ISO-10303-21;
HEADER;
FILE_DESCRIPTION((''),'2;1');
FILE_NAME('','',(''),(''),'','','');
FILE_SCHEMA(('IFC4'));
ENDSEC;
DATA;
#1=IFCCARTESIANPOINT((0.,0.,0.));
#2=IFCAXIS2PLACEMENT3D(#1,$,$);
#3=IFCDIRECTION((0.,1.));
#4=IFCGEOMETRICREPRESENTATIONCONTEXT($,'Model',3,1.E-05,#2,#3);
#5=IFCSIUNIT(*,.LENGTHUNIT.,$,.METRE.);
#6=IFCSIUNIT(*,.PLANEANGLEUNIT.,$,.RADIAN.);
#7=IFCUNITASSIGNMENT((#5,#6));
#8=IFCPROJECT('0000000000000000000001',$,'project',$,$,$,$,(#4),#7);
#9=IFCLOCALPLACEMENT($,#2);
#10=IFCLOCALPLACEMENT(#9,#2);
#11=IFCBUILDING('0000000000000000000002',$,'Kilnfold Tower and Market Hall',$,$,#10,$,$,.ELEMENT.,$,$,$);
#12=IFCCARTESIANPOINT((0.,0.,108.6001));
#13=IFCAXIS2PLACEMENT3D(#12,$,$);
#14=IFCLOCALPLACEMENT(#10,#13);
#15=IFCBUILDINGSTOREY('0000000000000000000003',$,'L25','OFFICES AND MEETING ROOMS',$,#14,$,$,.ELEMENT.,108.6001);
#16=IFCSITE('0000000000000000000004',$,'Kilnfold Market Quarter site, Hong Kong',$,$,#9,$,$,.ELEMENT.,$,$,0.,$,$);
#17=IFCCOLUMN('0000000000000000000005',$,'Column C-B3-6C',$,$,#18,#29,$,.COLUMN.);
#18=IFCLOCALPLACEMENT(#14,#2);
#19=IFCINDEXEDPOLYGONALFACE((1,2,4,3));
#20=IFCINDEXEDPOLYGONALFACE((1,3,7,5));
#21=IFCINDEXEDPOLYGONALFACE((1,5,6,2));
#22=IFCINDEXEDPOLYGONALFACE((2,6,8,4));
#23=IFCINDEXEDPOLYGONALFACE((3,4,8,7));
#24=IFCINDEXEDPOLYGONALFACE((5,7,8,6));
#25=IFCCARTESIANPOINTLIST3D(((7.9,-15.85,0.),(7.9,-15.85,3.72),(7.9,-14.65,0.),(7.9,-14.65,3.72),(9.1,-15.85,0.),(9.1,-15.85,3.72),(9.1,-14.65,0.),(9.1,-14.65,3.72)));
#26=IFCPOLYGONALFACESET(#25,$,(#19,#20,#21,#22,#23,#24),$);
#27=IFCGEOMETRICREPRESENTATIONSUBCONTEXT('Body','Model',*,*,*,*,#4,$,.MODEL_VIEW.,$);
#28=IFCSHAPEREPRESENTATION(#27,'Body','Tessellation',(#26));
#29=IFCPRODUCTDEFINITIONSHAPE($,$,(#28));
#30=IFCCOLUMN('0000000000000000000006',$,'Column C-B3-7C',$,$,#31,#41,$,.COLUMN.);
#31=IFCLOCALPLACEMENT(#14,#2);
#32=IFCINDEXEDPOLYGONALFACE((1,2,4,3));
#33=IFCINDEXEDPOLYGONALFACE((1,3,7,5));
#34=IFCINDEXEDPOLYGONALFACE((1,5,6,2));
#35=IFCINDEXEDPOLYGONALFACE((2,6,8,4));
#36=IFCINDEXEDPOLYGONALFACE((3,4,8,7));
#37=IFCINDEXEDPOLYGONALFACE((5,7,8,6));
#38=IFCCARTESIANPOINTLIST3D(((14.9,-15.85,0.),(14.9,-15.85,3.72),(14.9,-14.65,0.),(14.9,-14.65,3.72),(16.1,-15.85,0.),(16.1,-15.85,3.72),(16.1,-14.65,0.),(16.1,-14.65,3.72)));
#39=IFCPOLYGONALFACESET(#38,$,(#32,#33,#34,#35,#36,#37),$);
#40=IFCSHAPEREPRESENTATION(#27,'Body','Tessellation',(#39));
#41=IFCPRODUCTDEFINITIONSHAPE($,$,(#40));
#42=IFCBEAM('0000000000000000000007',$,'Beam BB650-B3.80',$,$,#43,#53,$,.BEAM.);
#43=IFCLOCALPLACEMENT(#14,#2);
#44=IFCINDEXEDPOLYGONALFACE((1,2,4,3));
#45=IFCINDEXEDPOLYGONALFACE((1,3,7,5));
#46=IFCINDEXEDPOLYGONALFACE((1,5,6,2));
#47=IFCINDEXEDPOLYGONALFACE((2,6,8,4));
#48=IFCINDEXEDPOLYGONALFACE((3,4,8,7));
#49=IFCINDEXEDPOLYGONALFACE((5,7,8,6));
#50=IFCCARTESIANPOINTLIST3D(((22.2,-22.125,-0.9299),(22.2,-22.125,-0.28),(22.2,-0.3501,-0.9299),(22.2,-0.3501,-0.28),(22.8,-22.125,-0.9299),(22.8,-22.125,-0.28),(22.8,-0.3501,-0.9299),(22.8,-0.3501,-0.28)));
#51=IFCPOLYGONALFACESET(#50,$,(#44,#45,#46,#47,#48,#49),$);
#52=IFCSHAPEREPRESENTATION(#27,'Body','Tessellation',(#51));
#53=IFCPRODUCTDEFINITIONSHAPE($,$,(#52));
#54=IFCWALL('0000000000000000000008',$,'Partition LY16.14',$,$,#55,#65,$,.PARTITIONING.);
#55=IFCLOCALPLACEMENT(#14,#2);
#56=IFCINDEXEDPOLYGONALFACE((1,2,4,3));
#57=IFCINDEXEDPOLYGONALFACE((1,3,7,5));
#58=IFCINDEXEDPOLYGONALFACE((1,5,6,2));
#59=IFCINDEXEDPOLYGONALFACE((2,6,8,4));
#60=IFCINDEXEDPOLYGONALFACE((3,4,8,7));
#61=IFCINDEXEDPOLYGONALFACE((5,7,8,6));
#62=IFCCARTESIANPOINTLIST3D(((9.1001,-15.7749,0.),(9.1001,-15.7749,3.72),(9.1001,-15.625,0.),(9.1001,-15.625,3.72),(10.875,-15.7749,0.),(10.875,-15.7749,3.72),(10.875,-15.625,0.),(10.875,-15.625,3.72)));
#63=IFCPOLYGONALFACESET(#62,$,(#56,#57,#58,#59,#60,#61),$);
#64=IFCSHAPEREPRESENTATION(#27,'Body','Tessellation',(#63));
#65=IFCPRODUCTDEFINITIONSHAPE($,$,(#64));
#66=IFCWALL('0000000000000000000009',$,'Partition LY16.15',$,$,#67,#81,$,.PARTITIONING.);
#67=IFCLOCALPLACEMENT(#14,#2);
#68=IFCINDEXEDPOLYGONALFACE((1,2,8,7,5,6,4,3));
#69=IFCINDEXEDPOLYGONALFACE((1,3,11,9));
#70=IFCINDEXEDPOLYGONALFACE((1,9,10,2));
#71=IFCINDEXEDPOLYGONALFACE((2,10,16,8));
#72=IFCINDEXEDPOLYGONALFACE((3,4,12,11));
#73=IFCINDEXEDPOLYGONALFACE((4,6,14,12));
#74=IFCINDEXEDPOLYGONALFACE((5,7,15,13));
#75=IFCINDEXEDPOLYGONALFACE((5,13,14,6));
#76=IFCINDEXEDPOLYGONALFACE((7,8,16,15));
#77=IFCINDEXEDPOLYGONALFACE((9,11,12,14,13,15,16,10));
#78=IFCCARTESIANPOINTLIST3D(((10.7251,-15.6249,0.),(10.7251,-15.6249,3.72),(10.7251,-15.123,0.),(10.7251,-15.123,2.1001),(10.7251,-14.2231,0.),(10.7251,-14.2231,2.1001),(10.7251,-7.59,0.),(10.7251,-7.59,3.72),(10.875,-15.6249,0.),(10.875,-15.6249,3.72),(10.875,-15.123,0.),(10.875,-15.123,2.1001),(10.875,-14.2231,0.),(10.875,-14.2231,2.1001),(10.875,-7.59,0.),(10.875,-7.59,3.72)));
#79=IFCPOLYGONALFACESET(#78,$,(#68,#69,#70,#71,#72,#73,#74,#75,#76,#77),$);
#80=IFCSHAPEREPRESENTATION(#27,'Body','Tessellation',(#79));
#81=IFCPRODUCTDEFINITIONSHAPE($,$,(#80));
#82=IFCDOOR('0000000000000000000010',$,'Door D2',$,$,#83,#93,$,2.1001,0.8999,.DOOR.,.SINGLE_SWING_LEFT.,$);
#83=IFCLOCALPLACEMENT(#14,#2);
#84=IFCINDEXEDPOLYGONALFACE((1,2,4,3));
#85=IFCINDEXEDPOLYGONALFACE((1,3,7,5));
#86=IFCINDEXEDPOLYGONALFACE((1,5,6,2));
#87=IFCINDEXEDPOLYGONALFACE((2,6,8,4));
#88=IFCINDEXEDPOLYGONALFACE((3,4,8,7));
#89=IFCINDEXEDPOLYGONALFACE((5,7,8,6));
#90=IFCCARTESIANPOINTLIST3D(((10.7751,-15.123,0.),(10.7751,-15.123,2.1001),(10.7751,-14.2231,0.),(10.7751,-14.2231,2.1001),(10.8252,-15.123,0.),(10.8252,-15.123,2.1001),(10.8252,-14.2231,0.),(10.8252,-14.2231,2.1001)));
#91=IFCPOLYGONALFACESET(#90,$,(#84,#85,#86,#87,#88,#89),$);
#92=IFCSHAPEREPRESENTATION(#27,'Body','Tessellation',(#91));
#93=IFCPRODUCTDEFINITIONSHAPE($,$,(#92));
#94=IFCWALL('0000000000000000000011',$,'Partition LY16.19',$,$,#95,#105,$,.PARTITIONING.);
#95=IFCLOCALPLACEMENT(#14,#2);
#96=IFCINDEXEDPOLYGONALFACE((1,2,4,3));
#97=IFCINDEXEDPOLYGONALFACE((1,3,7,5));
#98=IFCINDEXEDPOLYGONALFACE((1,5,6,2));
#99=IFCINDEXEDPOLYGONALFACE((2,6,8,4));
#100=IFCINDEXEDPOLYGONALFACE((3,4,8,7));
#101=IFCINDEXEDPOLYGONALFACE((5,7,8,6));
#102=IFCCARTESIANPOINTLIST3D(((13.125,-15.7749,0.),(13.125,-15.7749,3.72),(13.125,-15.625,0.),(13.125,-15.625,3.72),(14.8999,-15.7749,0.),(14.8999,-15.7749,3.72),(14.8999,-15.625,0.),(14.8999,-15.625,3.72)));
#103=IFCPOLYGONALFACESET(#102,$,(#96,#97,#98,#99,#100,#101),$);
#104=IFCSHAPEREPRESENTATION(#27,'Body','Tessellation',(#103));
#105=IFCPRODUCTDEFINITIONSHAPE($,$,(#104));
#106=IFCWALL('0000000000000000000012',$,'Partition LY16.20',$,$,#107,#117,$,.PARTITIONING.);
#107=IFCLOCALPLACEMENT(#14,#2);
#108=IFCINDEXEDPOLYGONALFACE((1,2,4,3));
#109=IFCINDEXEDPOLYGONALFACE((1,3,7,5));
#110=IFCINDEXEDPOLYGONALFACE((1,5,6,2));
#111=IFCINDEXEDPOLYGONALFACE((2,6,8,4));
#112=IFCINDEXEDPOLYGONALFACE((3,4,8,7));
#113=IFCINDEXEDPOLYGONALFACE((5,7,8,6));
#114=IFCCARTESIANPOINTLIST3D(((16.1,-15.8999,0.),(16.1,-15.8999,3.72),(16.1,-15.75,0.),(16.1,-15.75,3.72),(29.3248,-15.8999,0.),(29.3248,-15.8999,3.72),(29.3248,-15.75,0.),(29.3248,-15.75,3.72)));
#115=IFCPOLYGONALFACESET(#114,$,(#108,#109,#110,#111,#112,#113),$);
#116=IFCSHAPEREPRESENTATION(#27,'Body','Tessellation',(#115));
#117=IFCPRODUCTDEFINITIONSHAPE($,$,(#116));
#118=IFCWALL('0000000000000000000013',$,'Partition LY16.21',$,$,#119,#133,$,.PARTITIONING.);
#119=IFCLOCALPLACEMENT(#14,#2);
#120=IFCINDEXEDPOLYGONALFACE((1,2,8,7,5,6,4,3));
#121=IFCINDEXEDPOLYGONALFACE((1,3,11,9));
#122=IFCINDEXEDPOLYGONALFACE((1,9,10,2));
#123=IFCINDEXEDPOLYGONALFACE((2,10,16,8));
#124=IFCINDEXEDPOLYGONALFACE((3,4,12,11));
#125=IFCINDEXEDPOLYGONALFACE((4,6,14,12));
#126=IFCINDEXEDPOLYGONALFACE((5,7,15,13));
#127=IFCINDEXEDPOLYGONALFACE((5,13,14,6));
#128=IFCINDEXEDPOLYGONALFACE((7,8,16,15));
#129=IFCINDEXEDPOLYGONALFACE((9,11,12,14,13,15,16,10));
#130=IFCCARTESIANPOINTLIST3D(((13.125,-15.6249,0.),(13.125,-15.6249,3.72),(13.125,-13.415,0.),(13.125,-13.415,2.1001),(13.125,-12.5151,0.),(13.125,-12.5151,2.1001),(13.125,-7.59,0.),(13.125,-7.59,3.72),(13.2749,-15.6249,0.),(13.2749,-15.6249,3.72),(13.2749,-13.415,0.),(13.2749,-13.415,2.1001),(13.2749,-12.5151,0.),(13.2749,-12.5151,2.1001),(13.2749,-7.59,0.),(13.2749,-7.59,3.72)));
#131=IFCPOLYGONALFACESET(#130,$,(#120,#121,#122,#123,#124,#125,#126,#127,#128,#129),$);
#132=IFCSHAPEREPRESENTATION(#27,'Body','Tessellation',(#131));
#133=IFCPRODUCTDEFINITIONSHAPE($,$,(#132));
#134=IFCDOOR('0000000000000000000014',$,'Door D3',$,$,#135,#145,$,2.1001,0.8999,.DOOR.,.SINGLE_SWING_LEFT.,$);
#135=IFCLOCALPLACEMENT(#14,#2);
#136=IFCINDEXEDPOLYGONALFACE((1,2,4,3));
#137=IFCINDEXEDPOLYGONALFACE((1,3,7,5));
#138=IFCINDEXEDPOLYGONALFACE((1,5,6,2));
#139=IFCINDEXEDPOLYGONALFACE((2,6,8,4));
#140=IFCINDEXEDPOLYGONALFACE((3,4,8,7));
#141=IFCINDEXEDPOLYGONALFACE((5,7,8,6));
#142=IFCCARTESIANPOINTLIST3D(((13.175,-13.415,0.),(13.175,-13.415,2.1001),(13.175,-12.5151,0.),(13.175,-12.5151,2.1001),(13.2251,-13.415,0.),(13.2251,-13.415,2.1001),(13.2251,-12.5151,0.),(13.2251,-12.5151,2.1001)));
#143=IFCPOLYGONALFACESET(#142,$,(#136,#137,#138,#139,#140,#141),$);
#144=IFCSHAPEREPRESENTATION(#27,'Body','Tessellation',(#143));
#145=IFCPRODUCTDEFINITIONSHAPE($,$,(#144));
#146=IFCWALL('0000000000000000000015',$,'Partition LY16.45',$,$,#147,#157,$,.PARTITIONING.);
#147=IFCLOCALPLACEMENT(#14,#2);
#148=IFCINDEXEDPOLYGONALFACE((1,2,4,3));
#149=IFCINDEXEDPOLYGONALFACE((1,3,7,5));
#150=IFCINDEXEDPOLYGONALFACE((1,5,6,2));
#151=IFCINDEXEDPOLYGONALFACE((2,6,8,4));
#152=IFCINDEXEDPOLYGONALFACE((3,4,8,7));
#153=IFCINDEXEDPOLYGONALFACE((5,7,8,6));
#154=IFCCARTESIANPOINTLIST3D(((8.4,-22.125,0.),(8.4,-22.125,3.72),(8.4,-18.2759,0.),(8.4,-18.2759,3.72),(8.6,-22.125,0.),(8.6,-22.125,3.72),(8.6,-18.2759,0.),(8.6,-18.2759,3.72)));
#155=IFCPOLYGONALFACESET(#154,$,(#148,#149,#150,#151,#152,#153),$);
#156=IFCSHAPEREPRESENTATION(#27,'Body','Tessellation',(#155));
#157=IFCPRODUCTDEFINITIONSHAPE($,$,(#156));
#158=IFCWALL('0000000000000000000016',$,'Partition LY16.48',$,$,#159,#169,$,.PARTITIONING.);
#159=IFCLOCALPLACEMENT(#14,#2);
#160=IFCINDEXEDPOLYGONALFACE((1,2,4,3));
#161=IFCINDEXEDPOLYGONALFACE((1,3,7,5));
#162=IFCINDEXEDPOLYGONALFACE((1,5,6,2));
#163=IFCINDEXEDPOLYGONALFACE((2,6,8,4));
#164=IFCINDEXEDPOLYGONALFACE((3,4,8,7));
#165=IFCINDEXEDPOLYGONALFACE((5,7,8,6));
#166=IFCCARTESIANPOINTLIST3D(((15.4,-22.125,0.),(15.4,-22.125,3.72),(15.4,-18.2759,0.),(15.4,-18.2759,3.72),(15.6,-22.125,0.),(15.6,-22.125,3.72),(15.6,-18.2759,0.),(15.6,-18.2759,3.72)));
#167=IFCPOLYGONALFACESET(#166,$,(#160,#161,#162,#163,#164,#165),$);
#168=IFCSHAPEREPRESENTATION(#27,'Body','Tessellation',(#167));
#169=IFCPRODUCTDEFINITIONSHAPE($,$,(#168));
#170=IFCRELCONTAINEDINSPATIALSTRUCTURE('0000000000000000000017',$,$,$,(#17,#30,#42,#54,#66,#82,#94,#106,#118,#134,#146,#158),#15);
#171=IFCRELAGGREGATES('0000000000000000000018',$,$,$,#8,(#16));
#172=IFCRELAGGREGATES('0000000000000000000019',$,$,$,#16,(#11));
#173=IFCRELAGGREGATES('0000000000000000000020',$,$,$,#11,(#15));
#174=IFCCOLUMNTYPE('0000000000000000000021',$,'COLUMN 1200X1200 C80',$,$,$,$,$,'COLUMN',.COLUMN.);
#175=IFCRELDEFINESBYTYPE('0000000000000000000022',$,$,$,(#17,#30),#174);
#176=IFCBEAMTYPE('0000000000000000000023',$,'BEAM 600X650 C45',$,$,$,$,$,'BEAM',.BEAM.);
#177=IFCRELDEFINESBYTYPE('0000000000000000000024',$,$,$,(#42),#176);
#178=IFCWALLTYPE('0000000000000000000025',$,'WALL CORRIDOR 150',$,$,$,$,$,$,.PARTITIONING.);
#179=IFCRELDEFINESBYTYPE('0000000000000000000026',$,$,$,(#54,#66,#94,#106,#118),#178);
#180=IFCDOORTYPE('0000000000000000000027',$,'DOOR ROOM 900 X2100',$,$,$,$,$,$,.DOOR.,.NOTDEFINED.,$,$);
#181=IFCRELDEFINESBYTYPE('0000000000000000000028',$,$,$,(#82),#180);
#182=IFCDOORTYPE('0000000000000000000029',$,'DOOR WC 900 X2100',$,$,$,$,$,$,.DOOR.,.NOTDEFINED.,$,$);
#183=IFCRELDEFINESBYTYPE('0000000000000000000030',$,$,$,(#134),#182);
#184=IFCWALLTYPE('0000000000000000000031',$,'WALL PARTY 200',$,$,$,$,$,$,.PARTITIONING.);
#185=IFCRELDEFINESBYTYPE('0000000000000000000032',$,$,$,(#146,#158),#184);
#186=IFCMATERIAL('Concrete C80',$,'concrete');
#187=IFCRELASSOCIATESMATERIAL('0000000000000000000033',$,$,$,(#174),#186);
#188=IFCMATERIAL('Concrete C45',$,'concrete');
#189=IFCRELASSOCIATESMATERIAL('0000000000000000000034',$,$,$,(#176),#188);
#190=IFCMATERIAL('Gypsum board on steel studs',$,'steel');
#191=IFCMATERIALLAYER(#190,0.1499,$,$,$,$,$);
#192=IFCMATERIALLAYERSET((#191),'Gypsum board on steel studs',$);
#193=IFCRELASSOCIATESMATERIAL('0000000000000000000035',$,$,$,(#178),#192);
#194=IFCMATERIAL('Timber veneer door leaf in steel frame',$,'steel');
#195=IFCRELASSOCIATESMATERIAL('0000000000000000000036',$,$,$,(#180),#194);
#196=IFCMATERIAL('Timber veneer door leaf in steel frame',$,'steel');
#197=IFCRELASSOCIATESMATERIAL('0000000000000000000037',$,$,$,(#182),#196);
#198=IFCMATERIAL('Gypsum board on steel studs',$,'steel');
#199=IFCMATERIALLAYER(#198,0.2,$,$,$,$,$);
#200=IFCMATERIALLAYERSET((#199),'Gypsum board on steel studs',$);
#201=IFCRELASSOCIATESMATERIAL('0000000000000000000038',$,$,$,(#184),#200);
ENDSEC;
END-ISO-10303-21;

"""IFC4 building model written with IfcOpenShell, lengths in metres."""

from ifc_helpers import new_model, si_unit, direction, frame, frame_2d, origin, origin_2d, place, context, subcontext, project, spatial, rectangle, extrude, source, transform, mapped, material, layer, layer_set, material_profile, profile_set, type_object, element, fill, save


model = new_model("IFC4")

# Units and contexts
model_context = context("Model", 3, precision=1e-05, world=origin(), true_north=direction((0.0, 1.0)))
body_context = subcontext(model_context, "Body", "Model", "MODEL_VIEW")
ifc_project = project(units=[si_unit("LENGTHUNIT", "METRE"), si_unit("PLANEANGLEUNIT", "RADIAN")], contexts=[model_context])

# Site, building, storey
site_placement = place(None, origin())
site = spatial("IfcSite", under=ifc_project, at=site_placement, Name="Kilnfold Market Quarter site, Hong Kong", CompositionType="ELEMENT", RefElevation=0.0)
building_placement = place(site_placement, origin())
building = spatial("IfcBuilding", under=site, at=building_placement, Name="Kilnfold Tower and Market Hall", CompositionType="ELEMENT")
storey_placement = place(building_placement, frame((0.0, 0.0, 108.6001)))
storey = spatial("IfcBuildingStorey", under=building, at=storey_placement, Name="L25", Description="OFFICES AND MEETING ROOMS", CompositionType="ELEMENT", Elevation=108.6001)

# Columns
ifc_material_1 = material(Name="Concrete C80", Category="concrete")
ifc_material_profile_1 = material_profile(ifc_material_1, rectangle(XDim=1.2, YDim=1.2, at=origin_2d()), Name="RC 1200x1200")
ifc_profile_set_1 = profile_set([ifc_material_profile_1], Name="Concrete C80")
column_type = type_object("IfcColumnType", Name="COLUMN 1200X1200 C80", ElementType="COLUMN", PredefinedType="COLUMN", material=ifc_profile_set_1)
shared_shape_1 = source(origin(), body_context, "Body", "SweptSolid", [
    extrude(rectangle(XDim=1.2, YDim=1.2, at=origin_2d()), origin(), (0.0, 0.0, 1.0), 3.72),
])
for number, where, z_axis, x_axis, name in (
    (1, (8.5, -15.25, 0.0), (0.0, 0.0, 1.0), (1.0, 0.0, 0.0), "Column C-B3-6C"),
    (2, (15.5, -15.25, 0.0), (0.0, 0.0, 1.0), (1.0, 0.0, 0.0), "Column C-B3-7C"),
):
    element("IfcColumn", number, at=place(storey_placement, frame(where, z_axis=z_axis, x_axis=x_axis)), inside=storey, type_object=column_type, Name=name, PredefinedType="COLUMN", context=body_context, shape_type="MappedRepresentation", body=[
        mapped(shared_shape_1, transform((0.0, 0.0, 0.0))),
    ])

# Beam
ifc_material_2 = material(Name="Concrete C45", Category="concrete")
ifc_material_profile_2 = material_profile(ifc_material_2, rectangle(XDim=0.6001, YDim=0.6499, at=origin_2d()), Name="RC 600x650")
ifc_profile_set_2 = profile_set([ifc_material_profile_2], Name="Concrete C45")
beam_type = type_object("IfcBeamType", Name="BEAM 600X650 C45", ElementType="BEAM", PredefinedType="BEAM", material=ifc_profile_set_2)
shared_shape_2 = source(origin(), body_context, "Body", "SweptSolid", [
    extrude(rectangle(XDim=0.6001, YDim=0.6499, at=origin_2d()), origin(), (0.0, 0.0, 1.0), 21.7749),
])
beam_placement = place(storey_placement, frame((22.5, -22.125, -0.605), z_axis=(0.0, 1.0, 0.0), x_axis=(-1.0, 0.0, 0.0)))
element("IfcBeam", 3, at=beam_placement, inside=storey, type_object=beam_type, Name="Beam BB650-B3.80", PredefinedType="BEAM", context=body_context, shape_type="MappedRepresentation", body=[
    mapped(shared_shape_2, transform((0.0, 0.0, 0.0))),
])

# Wall
ifc_material_3 = material(Name="Gypsum board on steel studs", Category="steel")
ifc_layer_1 = layer(ifc_material_3, 0.1499)
ifc_layer_set_1 = layer_set([ifc_layer_1], Name="Gypsum board on steel studs")
wall_type_1 = type_object("IfcWallType", Name="WALL CORRIDOR 150", PredefinedType="PARTITIONING", material=ifc_layer_set_1)
wall_1_placement = place(storey_placement, frame((9.1001, -15.7, 0.0), z_axis=(0.0, 0.0, 1.0), x_axis=(1.0, 0.0, 0.0)))
element("IfcWall", 4, at=wall_1_placement, inside=storey, type_object=wall_type_1, Name="Partition LY16.14", PredefinedType="PARTITIONING", context=body_context, shape_type="SweptSolid", body=[
    extrude(rectangle(XDim=1.7749, YDim=0.1499, at=frame_2d((0.8875, 0.0))), origin(), (0.0, 0.0, 1.0), 3.72),
])

# Wall, opening, door
wall_2_placement = place(storey_placement, frame((10.8, -15.625, 0.0), z_axis=(0.0, 0.0, 1.0), x_axis=(0.0, 1.0, 0.0)))
wall_2 = element("IfcWall", 5, at=wall_2_placement, inside=storey, type_object=wall_type_1, Name="Partition LY16.15", PredefinedType="PARTITIONING", context=body_context, shape_type="SweptSolid", body=[
    extrude(rectangle(XDim=8.0349, YDim=0.1499, at=frame_2d((4.0176, 0.0))), origin(), (0.0, 0.0, 1.0), 3.72),
])
opening_1_placement = place(wall_2_placement, frame((0.502, 0.0, 0.0)))
opening_1 = element("IfcOpeningElement", 6, at=opening_1_placement, cuts=wall_2, PredefinedType="OPENING", context=body_context, shape_type="SweptSolid", body=[
    extrude(rectangle(XDim=0.8999, YDim=2.1001, at=frame_2d((0.45, 1.05))), frame((0.0, 0.085, 0.0), z_axis=(0.0, -1.0, 0.0), x_axis=(1.0, 0.0, 0.0)), (0.0, 0.0, 1.0), 0.1699),
])
ifc_material_4 = material(Name="Timber veneer door leaf in steel frame", Category="steel")
door_type_1 = type_object("IfcDoorType", Name="DOOR ROOM 900 X2100", OperationType="NOTDEFINED", PredefinedType="DOOR", material=ifc_material_4)
door_1_placement = place(opening_1_placement, origin())
door_1 = element("IfcDoor", 7, at=door_1_placement, inside=storey, type_object=door_type_1, Name="Door D2", OperationType="SINGLE_SWING_LEFT", OverallHeight=2.1001, OverallWidth=0.8999, PredefinedType="DOOR", context=body_context, shape_type="SweptSolid", body=[
    extrude(rectangle(XDim=0.8999, YDim=2.1001, at=frame_2d((0.45, 1.05))), frame((0.0, 0.0249, 0.0), z_axis=(0.0, -1.0, 0.0), x_axis=(1.0, 0.0, 0.0)), (0.0, 0.0, 1.0), 0.05),
])
fill(opening_1, door_1)

# Walls
wall_3_placement = place(storey_placement, frame((13.125, -15.7, 0.0), z_axis=(0.0, 0.0, 1.0), x_axis=(1.0, 0.0, 0.0)))
element("IfcWall", 8, at=wall_3_placement, inside=storey, type_object=wall_type_1, Name="Partition LY16.19", PredefinedType="PARTITIONING", context=body_context, shape_type="SweptSolid", body=[
    extrude(rectangle(XDim=1.7749, YDim=0.1499, at=frame_2d((0.8875, 0.0))), origin(), (0.0, 0.0, 1.0), 3.72),
])
wall_4_placement = place(storey_placement, frame((16.1001, -15.825, 0.0), z_axis=(0.0, 0.0, 1.0), x_axis=(1.0, 0.0, 0.0)))
element("IfcWall", 9, at=wall_4_placement, inside=storey, type_object=wall_type_1, Name="Partition LY16.20", PredefinedType="PARTITIONING", context=body_context, shape_type="SweptSolid", body=[
    extrude(rectangle(XDim=13.2249, YDim=0.1499, at=frame_2d((6.6123, 0.0))), origin(), (0.0, 0.0, 1.0), 3.72),
])

# Wall, opening, door
wall_5_placement = place(storey_placement, frame((13.2, -15.625, 0.0), z_axis=(0.0, 0.0, 1.0), x_axis=(0.0, 1.0, 0.0)))
wall_5 = element("IfcWall", 10, at=wall_5_placement, inside=storey, type_object=wall_type_1, Name="Partition LY16.21", PredefinedType="PARTITIONING", context=body_context, shape_type="SweptSolid", body=[
    extrude(rectangle(XDim=8.0349, YDim=0.1499, at=frame_2d((4.0176, 0.0))), origin(), (0.0, 0.0, 1.0), 3.72),
])
opening_2_placement = place(wall_5_placement, frame((2.21, 0.0, 0.0)))
opening_2 = element("IfcOpeningElement", 11, at=opening_2_placement, cuts=wall_5, PredefinedType="OPENING", context=body_context, shape_type="SweptSolid", body=[
    extrude(rectangle(XDim=0.8999, YDim=2.1001, at=frame_2d((0.45, 1.05))), frame((0.0, 0.085, 0.0), z_axis=(0.0, -1.0, 0.0), x_axis=(1.0, 0.0, 0.0)), (0.0, 0.0, 1.0), 0.1699),
])
ifc_material_5 = material(Name="Timber veneer door leaf in steel frame", Category="steel")
door_type_2 = type_object("IfcDoorType", Name="DOOR WC 900 X2100", OperationType="NOTDEFINED", PredefinedType="DOOR", material=ifc_material_5)
door_2_placement = place(opening_2_placement, origin())
door_2 = element("IfcDoor", 12, at=door_2_placement, inside=storey, type_object=door_type_2, Name="Door D3", OperationType="SINGLE_SWING_LEFT", OverallHeight=2.1001, OverallWidth=0.8999, PredefinedType="DOOR", context=body_context, shape_type="SweptSolid", body=[
    extrude(rectangle(XDim=0.8999, YDim=2.1001, at=frame_2d((0.45, 1.05))), frame((0.0, 0.0249, 0.0), z_axis=(0.0, -1.0, 0.0), x_axis=(1.0, 0.0, 0.0)), (0.0, 0.0, 1.0), 0.05),
])
fill(opening_2, door_2)

# Walls
ifc_material_6 = material(Name="Gypsum board on steel studs", Category="steel")
ifc_layer_2 = layer(ifc_material_6, 0.2)
ifc_layer_set_2 = layer_set([ifc_layer_2], Name="Gypsum board on steel studs")
wall_type_2 = type_object("IfcWallType", Name="WALL PARTY 200", PredefinedType="PARTITIONING", material=ifc_layer_set_2)
for number, where, z_axis, x_axis, name in (
    (13, (8.5, -22.125, 0.0), (0.0, 0.0, 1.0), (0.0, 1.0, 0.0), "Partition LY16.45"),
    (14, (15.5, -22.125, 0.0), (0.0, 0.0, 1.0), (0.0, 1.0, 0.0), "Partition LY16.48"),
):
    element("IfcWall", number, at=place(storey_placement, frame(where, z_axis=z_axis, x_axis=x_axis)), inside=storey, type_object=wall_type_2, Name=name, PredefinedType="PARTITIONING", context=body_context, shape_type="SweptSolid", body=[
        extrude(rectangle(XDim=3.8491, YDim=0.2, at=frame_2d((1.9246, 0.0))), origin(), (0.0, 0.0, 1.0), 3.72),
    ])

save(model, "model.ifc")
